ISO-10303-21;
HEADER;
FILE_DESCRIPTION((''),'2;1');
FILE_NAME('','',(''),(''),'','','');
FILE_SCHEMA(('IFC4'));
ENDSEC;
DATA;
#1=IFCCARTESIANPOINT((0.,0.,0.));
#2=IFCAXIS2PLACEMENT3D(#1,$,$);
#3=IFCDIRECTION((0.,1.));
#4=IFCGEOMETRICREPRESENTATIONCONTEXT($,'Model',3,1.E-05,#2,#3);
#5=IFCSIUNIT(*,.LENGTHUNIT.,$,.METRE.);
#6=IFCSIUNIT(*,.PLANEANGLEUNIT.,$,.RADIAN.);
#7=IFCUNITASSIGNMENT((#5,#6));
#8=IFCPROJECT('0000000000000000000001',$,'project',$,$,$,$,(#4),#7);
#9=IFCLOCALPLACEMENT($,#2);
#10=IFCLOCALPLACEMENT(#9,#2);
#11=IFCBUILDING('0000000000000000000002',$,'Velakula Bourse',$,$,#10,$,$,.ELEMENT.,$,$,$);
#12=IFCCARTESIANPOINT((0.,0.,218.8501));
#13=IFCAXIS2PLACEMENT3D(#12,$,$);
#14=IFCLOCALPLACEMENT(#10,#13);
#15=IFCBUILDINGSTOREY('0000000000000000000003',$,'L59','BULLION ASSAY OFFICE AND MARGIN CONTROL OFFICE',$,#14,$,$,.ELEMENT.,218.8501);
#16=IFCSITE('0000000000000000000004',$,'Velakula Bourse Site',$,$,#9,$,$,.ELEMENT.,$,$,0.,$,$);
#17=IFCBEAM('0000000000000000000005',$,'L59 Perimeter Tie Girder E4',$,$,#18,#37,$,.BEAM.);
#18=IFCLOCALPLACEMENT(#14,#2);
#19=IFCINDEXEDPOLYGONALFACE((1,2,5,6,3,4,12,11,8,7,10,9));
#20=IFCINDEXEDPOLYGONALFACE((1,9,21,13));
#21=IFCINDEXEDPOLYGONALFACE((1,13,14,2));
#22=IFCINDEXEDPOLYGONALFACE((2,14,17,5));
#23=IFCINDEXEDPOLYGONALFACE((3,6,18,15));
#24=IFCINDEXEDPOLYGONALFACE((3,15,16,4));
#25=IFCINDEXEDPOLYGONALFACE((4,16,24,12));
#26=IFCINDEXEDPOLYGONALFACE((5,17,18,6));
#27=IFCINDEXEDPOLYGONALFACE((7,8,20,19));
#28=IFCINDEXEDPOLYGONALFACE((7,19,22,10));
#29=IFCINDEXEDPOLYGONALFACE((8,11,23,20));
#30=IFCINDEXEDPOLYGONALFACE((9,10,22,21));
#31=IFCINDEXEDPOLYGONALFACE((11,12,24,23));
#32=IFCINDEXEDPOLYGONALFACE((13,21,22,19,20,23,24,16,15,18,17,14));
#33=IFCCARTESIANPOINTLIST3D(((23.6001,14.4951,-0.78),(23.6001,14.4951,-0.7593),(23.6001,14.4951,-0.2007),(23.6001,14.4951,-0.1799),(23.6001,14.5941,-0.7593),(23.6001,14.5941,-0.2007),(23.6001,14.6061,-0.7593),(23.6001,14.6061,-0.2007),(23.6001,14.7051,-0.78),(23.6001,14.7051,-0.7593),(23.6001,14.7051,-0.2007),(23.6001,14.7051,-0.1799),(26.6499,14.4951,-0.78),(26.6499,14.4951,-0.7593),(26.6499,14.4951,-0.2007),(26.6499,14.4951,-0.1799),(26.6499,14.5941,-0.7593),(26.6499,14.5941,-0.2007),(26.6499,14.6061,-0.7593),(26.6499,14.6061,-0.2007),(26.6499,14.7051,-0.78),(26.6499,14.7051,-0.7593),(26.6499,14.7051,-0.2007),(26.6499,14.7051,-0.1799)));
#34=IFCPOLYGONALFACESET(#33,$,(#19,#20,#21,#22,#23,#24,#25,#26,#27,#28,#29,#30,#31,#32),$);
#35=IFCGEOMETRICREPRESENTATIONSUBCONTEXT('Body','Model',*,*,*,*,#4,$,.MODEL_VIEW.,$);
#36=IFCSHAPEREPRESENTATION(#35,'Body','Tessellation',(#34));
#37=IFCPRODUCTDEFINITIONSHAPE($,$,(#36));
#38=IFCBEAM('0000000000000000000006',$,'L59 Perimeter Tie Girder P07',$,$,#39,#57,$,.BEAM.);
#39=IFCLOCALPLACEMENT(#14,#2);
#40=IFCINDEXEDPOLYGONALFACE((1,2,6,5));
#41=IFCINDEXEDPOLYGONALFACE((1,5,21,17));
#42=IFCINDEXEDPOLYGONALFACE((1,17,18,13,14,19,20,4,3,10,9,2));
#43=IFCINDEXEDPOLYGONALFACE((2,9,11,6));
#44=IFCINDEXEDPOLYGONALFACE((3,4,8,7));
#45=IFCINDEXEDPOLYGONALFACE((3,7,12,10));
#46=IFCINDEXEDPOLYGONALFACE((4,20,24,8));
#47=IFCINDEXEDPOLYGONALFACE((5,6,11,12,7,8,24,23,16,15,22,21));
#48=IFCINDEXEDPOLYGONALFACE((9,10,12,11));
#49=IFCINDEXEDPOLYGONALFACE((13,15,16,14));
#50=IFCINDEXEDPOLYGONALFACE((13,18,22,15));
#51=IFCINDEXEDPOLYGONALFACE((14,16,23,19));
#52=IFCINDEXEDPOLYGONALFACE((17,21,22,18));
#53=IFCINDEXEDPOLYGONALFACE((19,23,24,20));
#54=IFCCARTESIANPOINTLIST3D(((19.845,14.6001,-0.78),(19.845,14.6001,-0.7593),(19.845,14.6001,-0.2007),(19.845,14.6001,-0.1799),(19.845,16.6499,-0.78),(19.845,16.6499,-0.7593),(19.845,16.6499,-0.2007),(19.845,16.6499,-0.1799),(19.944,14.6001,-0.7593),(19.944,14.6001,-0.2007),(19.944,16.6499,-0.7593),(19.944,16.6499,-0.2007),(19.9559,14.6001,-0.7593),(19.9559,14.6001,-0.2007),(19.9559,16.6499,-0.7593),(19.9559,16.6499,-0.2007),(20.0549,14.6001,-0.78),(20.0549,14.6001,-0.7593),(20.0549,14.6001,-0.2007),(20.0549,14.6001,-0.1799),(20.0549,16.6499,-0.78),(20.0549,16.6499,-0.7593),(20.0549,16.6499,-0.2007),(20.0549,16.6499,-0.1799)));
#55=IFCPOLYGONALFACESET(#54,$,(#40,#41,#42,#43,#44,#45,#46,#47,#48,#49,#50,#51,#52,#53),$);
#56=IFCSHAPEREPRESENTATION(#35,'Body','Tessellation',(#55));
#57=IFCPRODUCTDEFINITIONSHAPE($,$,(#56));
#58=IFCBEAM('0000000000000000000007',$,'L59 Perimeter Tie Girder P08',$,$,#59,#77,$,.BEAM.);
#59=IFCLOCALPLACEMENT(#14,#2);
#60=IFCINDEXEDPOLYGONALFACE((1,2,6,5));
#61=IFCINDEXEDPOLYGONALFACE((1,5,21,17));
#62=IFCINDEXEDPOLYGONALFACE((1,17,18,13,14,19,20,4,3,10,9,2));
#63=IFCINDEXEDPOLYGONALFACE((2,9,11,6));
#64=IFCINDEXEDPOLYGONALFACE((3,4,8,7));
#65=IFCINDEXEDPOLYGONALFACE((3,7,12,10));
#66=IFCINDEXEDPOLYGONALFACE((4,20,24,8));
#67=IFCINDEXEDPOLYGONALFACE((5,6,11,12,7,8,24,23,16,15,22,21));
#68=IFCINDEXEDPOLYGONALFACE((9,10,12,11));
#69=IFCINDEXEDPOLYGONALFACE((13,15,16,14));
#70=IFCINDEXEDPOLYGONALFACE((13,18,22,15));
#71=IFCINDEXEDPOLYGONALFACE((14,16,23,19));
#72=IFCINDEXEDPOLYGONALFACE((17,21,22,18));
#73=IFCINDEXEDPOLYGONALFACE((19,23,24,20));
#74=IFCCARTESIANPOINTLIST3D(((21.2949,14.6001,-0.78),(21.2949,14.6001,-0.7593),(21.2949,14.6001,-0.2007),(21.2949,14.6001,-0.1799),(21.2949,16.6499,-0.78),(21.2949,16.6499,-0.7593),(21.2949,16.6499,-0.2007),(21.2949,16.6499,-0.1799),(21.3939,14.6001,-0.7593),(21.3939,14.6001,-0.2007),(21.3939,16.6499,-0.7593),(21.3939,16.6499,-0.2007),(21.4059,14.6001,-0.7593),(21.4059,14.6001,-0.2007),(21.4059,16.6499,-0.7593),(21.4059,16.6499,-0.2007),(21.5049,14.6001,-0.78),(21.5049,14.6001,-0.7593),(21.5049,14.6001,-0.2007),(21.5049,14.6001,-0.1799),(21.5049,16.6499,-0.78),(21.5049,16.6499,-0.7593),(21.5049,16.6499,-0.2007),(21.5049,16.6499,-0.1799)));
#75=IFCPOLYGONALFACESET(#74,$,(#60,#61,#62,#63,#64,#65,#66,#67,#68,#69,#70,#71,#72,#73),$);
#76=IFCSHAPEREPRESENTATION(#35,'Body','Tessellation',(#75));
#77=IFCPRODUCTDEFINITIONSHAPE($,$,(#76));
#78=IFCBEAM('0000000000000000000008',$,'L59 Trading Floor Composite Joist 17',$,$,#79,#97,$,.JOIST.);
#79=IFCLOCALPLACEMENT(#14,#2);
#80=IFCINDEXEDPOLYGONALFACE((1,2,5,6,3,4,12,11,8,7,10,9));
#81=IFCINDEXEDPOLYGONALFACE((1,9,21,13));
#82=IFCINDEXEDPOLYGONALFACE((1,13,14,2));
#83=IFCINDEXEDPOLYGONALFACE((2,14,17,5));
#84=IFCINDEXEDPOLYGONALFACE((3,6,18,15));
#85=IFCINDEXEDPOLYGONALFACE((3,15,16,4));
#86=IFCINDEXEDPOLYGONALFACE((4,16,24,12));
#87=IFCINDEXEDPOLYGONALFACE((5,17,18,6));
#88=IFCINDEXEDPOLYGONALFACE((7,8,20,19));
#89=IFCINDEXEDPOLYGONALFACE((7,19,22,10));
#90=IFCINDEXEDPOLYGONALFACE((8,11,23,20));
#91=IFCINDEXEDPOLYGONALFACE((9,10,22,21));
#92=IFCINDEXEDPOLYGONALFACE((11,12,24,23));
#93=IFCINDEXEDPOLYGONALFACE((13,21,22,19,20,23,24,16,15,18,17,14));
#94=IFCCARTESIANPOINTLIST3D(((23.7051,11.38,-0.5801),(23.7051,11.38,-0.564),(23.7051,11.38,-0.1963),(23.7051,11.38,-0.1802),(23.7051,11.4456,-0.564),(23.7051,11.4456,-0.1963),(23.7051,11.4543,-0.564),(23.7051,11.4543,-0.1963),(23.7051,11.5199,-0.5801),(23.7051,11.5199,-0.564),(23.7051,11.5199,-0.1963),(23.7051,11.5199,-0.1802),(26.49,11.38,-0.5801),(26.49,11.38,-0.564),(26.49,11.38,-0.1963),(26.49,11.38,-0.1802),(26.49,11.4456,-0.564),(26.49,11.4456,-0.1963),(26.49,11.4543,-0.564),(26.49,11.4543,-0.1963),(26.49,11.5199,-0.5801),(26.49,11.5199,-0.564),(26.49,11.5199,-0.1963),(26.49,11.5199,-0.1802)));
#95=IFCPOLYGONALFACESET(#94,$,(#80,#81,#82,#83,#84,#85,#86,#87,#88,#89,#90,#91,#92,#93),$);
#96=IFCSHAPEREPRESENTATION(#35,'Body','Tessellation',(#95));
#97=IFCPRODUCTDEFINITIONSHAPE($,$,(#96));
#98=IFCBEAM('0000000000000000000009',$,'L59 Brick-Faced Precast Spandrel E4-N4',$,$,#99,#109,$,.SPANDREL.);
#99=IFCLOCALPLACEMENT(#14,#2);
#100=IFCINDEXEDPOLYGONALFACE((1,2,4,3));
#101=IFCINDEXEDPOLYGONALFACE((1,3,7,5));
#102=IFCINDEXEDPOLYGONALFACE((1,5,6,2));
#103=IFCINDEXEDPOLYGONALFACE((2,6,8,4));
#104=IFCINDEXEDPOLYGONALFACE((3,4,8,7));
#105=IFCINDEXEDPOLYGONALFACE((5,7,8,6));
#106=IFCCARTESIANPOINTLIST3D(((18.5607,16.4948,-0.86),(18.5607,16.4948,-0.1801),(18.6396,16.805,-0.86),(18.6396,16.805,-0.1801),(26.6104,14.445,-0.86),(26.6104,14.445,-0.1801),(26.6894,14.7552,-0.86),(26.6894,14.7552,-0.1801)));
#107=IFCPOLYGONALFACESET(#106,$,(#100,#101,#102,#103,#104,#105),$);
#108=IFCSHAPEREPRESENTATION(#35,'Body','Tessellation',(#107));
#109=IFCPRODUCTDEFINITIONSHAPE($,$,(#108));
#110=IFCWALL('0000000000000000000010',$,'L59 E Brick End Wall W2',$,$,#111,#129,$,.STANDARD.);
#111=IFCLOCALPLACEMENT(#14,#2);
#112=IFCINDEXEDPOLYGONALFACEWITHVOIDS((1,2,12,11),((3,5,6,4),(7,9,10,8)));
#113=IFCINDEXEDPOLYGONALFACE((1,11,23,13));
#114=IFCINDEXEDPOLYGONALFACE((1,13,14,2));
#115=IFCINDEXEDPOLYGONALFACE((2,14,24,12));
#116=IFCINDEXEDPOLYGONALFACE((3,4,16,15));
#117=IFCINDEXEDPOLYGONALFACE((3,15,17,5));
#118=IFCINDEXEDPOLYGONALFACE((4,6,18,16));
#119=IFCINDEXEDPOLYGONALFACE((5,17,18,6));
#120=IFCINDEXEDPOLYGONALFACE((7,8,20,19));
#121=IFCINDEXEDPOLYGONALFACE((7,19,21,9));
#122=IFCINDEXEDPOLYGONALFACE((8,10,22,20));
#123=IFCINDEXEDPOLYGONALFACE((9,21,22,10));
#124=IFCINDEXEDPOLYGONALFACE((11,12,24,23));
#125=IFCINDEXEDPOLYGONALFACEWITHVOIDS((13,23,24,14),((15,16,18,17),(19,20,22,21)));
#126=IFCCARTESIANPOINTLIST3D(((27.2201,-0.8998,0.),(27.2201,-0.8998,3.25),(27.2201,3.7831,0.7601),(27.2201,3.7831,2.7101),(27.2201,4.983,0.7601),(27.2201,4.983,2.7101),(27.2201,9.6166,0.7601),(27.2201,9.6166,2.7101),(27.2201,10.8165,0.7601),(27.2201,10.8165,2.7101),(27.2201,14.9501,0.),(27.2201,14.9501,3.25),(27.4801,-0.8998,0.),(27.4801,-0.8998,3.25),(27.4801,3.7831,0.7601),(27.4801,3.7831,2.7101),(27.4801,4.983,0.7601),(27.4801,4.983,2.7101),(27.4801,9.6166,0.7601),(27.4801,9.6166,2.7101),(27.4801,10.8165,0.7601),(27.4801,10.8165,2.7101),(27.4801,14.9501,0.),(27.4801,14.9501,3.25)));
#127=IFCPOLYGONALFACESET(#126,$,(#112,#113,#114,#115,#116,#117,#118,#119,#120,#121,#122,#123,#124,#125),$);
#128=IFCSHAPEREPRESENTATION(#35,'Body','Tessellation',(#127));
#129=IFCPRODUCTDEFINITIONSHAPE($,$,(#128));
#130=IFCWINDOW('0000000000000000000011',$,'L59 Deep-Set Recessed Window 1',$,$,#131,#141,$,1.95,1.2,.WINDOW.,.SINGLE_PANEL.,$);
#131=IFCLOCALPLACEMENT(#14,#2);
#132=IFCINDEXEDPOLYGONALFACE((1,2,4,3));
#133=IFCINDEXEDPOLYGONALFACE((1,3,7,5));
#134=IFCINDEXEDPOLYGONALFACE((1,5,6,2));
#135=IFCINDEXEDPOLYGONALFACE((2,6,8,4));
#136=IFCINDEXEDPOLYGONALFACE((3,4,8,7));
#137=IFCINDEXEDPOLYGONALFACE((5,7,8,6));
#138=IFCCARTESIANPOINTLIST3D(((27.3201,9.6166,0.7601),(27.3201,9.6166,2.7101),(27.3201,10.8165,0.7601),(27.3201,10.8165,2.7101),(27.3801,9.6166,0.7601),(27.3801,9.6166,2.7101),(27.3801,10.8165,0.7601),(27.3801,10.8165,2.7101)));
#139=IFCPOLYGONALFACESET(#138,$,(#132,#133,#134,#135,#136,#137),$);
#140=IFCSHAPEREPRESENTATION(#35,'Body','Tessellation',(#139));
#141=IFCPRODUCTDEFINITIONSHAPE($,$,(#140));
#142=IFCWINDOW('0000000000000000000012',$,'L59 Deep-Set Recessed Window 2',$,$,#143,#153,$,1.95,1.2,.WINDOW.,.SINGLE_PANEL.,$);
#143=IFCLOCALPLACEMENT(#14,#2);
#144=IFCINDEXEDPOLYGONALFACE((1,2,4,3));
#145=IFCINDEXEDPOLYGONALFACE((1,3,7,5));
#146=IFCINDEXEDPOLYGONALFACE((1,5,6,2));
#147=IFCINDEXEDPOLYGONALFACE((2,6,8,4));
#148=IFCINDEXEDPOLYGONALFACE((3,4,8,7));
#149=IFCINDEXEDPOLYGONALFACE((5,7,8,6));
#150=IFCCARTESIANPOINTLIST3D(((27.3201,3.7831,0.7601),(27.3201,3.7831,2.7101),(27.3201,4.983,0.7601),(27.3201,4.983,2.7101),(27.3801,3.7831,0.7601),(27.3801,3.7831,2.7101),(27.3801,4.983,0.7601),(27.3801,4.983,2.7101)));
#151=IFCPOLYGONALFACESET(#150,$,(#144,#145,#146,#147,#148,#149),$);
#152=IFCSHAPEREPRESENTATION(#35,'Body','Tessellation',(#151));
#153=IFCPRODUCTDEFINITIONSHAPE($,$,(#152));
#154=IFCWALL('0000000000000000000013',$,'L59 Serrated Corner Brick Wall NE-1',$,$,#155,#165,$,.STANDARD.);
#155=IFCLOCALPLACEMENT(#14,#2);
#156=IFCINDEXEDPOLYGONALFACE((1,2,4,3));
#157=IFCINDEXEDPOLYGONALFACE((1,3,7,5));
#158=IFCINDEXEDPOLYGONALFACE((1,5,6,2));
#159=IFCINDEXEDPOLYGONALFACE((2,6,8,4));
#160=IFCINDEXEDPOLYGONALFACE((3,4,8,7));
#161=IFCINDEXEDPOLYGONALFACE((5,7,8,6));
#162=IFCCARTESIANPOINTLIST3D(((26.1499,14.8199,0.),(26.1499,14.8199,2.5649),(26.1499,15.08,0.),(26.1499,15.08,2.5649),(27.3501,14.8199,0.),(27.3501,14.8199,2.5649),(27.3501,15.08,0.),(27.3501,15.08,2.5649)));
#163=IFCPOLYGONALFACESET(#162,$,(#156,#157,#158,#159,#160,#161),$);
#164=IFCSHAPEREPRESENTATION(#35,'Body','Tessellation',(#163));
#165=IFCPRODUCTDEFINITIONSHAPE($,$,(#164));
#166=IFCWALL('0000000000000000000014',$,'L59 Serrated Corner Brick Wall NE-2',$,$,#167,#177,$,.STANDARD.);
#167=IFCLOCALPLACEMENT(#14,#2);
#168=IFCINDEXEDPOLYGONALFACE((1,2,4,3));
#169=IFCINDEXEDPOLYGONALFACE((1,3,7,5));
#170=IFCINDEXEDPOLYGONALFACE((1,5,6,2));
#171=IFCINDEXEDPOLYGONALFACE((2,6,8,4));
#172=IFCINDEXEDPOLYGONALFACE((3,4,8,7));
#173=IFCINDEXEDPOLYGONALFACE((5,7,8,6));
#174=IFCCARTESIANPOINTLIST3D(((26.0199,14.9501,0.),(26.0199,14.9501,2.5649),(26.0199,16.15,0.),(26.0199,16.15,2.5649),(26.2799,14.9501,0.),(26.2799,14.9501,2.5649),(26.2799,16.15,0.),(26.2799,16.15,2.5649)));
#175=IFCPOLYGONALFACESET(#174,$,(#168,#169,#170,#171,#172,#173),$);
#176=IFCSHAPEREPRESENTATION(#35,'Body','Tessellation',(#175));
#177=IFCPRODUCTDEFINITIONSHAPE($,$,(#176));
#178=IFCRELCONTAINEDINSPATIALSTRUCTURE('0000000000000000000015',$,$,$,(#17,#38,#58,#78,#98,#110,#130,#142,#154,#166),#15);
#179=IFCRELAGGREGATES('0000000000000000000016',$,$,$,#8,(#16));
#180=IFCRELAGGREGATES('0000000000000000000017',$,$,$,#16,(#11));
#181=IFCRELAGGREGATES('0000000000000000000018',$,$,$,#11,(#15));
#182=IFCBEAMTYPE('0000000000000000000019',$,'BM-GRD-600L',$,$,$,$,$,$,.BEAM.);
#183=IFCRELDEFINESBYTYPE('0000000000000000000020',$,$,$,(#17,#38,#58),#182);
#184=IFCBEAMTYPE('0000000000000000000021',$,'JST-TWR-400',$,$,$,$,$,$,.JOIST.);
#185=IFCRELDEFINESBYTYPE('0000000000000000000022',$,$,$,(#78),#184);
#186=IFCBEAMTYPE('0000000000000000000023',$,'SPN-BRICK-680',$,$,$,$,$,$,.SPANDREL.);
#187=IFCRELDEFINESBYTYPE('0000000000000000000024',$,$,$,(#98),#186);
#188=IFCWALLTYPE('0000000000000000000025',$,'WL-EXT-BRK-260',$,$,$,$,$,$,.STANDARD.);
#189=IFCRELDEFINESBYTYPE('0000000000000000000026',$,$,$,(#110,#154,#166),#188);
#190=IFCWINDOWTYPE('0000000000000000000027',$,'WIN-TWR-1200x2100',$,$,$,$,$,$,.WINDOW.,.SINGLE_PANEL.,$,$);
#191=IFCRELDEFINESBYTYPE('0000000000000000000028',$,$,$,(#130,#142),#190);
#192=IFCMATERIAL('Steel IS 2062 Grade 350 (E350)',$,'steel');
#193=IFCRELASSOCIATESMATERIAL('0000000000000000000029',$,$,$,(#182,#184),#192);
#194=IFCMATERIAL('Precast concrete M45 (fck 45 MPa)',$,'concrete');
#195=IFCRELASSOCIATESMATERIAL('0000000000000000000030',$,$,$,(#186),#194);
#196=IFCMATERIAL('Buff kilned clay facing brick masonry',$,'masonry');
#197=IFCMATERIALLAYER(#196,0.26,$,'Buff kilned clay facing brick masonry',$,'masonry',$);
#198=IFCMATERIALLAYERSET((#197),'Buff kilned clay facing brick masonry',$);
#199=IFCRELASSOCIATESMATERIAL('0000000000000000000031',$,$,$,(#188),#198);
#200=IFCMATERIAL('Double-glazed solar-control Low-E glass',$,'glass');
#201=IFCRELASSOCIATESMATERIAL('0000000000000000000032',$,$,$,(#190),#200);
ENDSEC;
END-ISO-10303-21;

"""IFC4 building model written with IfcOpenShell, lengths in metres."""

from ifc_helpers import new_model, si_unit, direction, frame, frame_2d, origin, origin_2d, place, context, subcontext, project, spatial, rectangle, i_section, extrude, material, layer, layer_set, material_profile, profile_set, type_object, element, fill, save


model = new_model("IFC4")

# Units and contexts
model_context = context("Model", 3, precision=1e-05, world=origin(), true_north=direction((0.0, 1.0)))
body_context = subcontext(model_context, "Body", "Model", "MODEL_VIEW")
ifc_project = project(units=[si_unit("LENGTHUNIT", "METRE"), si_unit("PLANEANGLEUNIT", "RADIAN")], contexts=[model_context])

# Site, building, storey
site_placement = place(None, origin())
site = spatial("IfcSite", under=ifc_project, at=site_placement, Name="Velakula Bourse Site", CompositionType="ELEMENT", RefElevation=0.0)
building_placement = place(site_placement, origin())
building = spatial("IfcBuilding", under=site, at=building_placement, Name="Velakula Bourse", CompositionType="ELEMENT")
storey_placement = place(building_placement, frame((0.0, 0.0, 218.8501)))
storey = spatial("IfcBuildingStorey", under=building, at=storey_placement, Name="L59", Description="BULLION ASSAY OFFICE AND MARGIN CONTROL OFFICE", CompositionType="ELEMENT", Elevation=218.8501)

# Shared definitions
ifc_material_1 = material(Name="Steel IS 2062 Grade 350 (E350)", Category="steel")
ifc_material_2 = material(Name="Precast concrete M45 (fck 45 MPa)", Category="concrete")

# Beams
ifc_material_profile_1 = material_profile(ifc_material_1, i_section(OverallWidth=0.21, OverallDepth=0.6001, WebThickness=0.012, FlangeThickness=0.0208, at=origin_2d()), Name="Steel IS 2062 Grade 350 (E350)")
ifc_profile_set_1 = profile_set([ifc_material_profile_1], Name="Steel IS 2062 Grade 350 (E350)")
beam_type_1 = type_object("IfcBeamType", Name="BM-GRD-600L", PredefinedType="BEAM", material=ifc_profile_set_1)
beam_1_placement = place(storey_placement, frame((23.6001, 14.6001, -0.48), z_axis=(1.0, 0.0, 0.0), x_axis=(0.0, 1.0, 0.0)))
element("IfcBeam", 1, at=beam_1_placement, inside=storey, type_object=beam_type_1, Name="L59 Perimeter Tie Girder E4", PredefinedType="BEAM", context=body_context, shape_type="SweptSolid", body=[
    extrude(i_section(OverallWidth=0.21, OverallDepth=0.6001, WebThickness=0.012, FlangeThickness=0.0208, at=origin_2d()), origin(), (0.0, 0.0, 1.0), 3.0498),
])
for number, where, z_axis, x_axis, name in (
    (2, (19.95, 14.6001, -0.48), (0.0, 1.0, 0.0), (-1.0, 0.0, 0.0), "L59 Perimeter Tie Girder P07"),
    (3, (21.3999, 14.6001, -0.48), (0.0, 1.0, 0.0), (-1.0, 0.0, 0.0), "L59 Perimeter Tie Girder P08"),
):
    element("IfcBeam", number, at=place(storey_placement, frame(where, z_axis=z_axis, x_axis=x_axis)), inside=storey, type_object=beam_type_1, Name=name, PredefinedType="BEAM", context=body_context, shape_type="SweptSolid", body=[
        extrude(i_section(OverallWidth=0.21, OverallDepth=0.6001, WebThickness=0.012, FlangeThickness=0.0208, at=origin_2d()), origin(), (0.0, 0.0, 1.0), 2.0498),
    ])
ifc_material_profile_2 = material_profile(ifc_material_1, i_section(OverallWidth=0.1399, OverallDepth=0.3999, WebThickness=0.0088, FlangeThickness=0.0161, at=origin_2d()), Name="Steel IS 2062 Grade 350 (E350)")
ifc_profile_set_2 = profile_set([ifc_material_profile_2], Name="Steel IS 2062 Grade 350 (E350)")
beam_type_2 = type_object("IfcBeamType", Name="JST-TWR-400", PredefinedType="JOIST", material=ifc_profile_set_2)
beam_2_placement = place(storey_placement, frame((23.7051, 11.45, -0.3801), z_axis=(1.0, 0.0, 0.0), x_axis=(0.0, 1.0, 0.0)))
element("IfcBeam", 4, at=beam_2_placement, inside=storey, type_object=beam_type_2, Name="L59 Trading Floor Composite Joist 17", PredefinedType="JOIST", context=body_context, shape_type="SweptSolid", body=[
    extrude(i_section(OverallWidth=0.1399, OverallDepth=0.3999, WebThickness=0.0088, FlangeThickness=0.0161, at=origin_2d()), origin(), (0.0, 0.0, 1.0), 2.7849),
])
ifc_material_profile_3 = material_profile(ifc_material_2, rectangle(XDim=0.3201, YDim=0.6799, at=origin_2d()), Name="Precast concrete M45 (fck 45 MPa)")
ifc_profile_set_3 = profile_set([ifc_material_profile_3], Name="Precast concrete M45 (fck 45 MPa)")
beam_type_3 = type_object("IfcBeamType", Name="SPN-BRICK-680", PredefinedType="SPANDREL", material=ifc_profile_set_3)
beam_3_placement = place(storey_placement, frame((26.6499, 14.6001, -0.52), z_axis=(-0.969075, 0.246766, 0.0), x_axis=(-0.246766, -0.969075, 0.0)))
element("IfcBeam", 5, at=beam_3_placement, inside=storey, type_object=beam_type_3, Name="L59 Brick-Faced Precast Spandrel E4-N4", PredefinedType="SPANDREL", context=body_context, shape_type="SweptSolid", body=[
    extrude(rectangle(XDim=0.3201, YDim=0.6799, at=origin_2d()), origin(), (0.0, 0.0, 1.0), 8.3066),
])

# Wall, openings, windows
ifc_material_3 = material(Name="Buff kilned clay facing brick masonry", Category="masonry")
ifc_layer = layer(ifc_material_3, 0.26, Name="Buff kilned clay facing brick masonry", Category="masonry")
ifc_layer_set = layer_set([ifc_layer], Name="Buff kilned clay facing brick masonry")
wall_type = type_object("IfcWallType", Name="WL-EXT-BRK-260", PredefinedType="STANDARD", material=ifc_layer_set)
wall_1_placement = place(storey_placement, frame((27.3501, 14.95, 0.0), z_axis=(0.0, 0.0, 1.0), x_axis=(0.0, -1.0, 0.0)))
wall_1 = element("IfcWall", 6, at=wall_1_placement, inside=storey, type_object=wall_type, Name="L59 E Brick End Wall W2", PredefinedType="STANDARD", context=body_context, shape_type="SweptSolid", body=[
    extrude(rectangle(XDim=15.8499, YDim=0.26, at=frame_2d((7.9248, 0.0))), origin(), (0.0, 0.0, 1.0), 3.25),
])
opening_1_placement = place(wall_1_placement, frame((4.1333, 0.0, 0.76)))
opening_1 = element("IfcOpeningElement", 7, at=opening_1_placement, cuts=wall_1, PredefinedType="OPENING", context=body_context, shape_type="SweptSolid", body=[
    extrude(rectangle(XDim=1.2, YDim=1.95, at=frame_2d((0.6001, 0.9751))), frame((0.0, 0.1399, 0.0), z_axis=(0.0, -1.0, 0.0), x_axis=(1.0, 0.0, 0.0)), (0.0, 0.0, 1.0), 0.28),
])
opening_2_placement = place(wall_1_placement, frame((9.9668, 0.0, 0.76)))
opening_2 = element("IfcOpeningElement", 8, at=opening_2_placement, cuts=wall_1, PredefinedType="OPENING", context=body_context, shape_type="SweptSolid", body=[
    extrude(rectangle(XDim=1.2, YDim=1.95, at=frame_2d((0.6001, 0.9751))), frame((0.0, 0.1399, 0.0), z_axis=(0.0, -1.0, 0.0), x_axis=(1.0, 0.0, 0.0)), (0.0, 0.0, 1.0), 0.28),
])
ifc_material_4 = material(Name="Double-glazed solar-control Low-E glass", Category="glass")
window_type = type_object("IfcWindowType", Name="WIN-TWR-1200x2100", PartitioningType="SINGLE_PANEL", PredefinedType="WINDOW", material=ifc_material_4)
window_1_placement = place(opening_1_placement, origin())
window_1 = element("IfcWindow", 9, at=window_1_placement, inside=storey, type_object=window_type, Name="L59 Deep-Set Recessed Window 1", OverallHeight=1.95, OverallWidth=1.2, PartitioningType="SINGLE_PANEL", PredefinedType="WINDOW", context=body_context, shape_type="SweptSolid", body=[
    extrude(rectangle(XDim=1.2, YDim=1.95, at=frame_2d((0.6001, 0.9751))), frame((0.0, 0.03, 0.0), z_axis=(0.0, -1.0, 0.0), x_axis=(1.0, 0.0, 0.0)), (0.0, 0.0, 1.0), 0.0601),
])
fill(opening_1, window_1)
window_2_placement = place(opening_2_placement, origin())
window_2 = element("IfcWindow", 10, at=window_2_placement, inside=storey, type_object=window_type, Name="L59 Deep-Set Recessed Window 2", OverallHeight=1.95, OverallWidth=1.2, PartitioningType="SINGLE_PANEL", PredefinedType="WINDOW", context=body_context, shape_type="SweptSolid", body=[
    extrude(rectangle(XDim=1.2, YDim=1.95, at=frame_2d((0.6001, 0.9751))), frame((0.0, 0.03, 0.0), z_axis=(0.0, -1.0, 0.0), x_axis=(1.0, 0.0, 0.0)), (0.0, 0.0, 1.0), 0.0601),
])
fill(opening_2, window_2)

# Walls
wall_2_placement = place(storey_placement, frame((27.3501, 14.95, 0.0), z_axis=(0.0, 0.0, 1.0), x_axis=(-1.0, 0.0, 0.0)))
element("IfcWall", 11, at=wall_2_placement, inside=storey, type_object=wall_type, Name="L59 Serrated Corner Brick Wall NE-1", PredefinedType="STANDARD", context=body_context, shape_type="SweptSolid", body=[
    extrude(rectangle(XDim=1.2002, YDim=0.26, at=frame_2d((0.6001, 0.0))), origin(), (0.0, 0.0, 1.0), 2.5649),
])
for number, where, z_axis, x_axis, name in (
    (12, (26.1499, 14.95, 0.0), (0.0, 0.0, 1.0), (0.0, 1.0, 0.0), "L59 Serrated Corner Brick Wall NE-2"),
):
    element("IfcWall", number, at=place(storey_placement, frame(where, z_axis=z_axis, x_axis=x_axis)), inside=storey, type_object=wall_type, Name=name, PredefinedType="STANDARD", context=body_context, shape_type="SweptSolid", body=[
        extrude(rectangle(XDim=1.2, YDim=0.26, at=frame_2d((0.6001, 0.0))), origin(), (0.0, 0.0, 1.0), 2.5649),
    ])

save(model, "model.ifc")
